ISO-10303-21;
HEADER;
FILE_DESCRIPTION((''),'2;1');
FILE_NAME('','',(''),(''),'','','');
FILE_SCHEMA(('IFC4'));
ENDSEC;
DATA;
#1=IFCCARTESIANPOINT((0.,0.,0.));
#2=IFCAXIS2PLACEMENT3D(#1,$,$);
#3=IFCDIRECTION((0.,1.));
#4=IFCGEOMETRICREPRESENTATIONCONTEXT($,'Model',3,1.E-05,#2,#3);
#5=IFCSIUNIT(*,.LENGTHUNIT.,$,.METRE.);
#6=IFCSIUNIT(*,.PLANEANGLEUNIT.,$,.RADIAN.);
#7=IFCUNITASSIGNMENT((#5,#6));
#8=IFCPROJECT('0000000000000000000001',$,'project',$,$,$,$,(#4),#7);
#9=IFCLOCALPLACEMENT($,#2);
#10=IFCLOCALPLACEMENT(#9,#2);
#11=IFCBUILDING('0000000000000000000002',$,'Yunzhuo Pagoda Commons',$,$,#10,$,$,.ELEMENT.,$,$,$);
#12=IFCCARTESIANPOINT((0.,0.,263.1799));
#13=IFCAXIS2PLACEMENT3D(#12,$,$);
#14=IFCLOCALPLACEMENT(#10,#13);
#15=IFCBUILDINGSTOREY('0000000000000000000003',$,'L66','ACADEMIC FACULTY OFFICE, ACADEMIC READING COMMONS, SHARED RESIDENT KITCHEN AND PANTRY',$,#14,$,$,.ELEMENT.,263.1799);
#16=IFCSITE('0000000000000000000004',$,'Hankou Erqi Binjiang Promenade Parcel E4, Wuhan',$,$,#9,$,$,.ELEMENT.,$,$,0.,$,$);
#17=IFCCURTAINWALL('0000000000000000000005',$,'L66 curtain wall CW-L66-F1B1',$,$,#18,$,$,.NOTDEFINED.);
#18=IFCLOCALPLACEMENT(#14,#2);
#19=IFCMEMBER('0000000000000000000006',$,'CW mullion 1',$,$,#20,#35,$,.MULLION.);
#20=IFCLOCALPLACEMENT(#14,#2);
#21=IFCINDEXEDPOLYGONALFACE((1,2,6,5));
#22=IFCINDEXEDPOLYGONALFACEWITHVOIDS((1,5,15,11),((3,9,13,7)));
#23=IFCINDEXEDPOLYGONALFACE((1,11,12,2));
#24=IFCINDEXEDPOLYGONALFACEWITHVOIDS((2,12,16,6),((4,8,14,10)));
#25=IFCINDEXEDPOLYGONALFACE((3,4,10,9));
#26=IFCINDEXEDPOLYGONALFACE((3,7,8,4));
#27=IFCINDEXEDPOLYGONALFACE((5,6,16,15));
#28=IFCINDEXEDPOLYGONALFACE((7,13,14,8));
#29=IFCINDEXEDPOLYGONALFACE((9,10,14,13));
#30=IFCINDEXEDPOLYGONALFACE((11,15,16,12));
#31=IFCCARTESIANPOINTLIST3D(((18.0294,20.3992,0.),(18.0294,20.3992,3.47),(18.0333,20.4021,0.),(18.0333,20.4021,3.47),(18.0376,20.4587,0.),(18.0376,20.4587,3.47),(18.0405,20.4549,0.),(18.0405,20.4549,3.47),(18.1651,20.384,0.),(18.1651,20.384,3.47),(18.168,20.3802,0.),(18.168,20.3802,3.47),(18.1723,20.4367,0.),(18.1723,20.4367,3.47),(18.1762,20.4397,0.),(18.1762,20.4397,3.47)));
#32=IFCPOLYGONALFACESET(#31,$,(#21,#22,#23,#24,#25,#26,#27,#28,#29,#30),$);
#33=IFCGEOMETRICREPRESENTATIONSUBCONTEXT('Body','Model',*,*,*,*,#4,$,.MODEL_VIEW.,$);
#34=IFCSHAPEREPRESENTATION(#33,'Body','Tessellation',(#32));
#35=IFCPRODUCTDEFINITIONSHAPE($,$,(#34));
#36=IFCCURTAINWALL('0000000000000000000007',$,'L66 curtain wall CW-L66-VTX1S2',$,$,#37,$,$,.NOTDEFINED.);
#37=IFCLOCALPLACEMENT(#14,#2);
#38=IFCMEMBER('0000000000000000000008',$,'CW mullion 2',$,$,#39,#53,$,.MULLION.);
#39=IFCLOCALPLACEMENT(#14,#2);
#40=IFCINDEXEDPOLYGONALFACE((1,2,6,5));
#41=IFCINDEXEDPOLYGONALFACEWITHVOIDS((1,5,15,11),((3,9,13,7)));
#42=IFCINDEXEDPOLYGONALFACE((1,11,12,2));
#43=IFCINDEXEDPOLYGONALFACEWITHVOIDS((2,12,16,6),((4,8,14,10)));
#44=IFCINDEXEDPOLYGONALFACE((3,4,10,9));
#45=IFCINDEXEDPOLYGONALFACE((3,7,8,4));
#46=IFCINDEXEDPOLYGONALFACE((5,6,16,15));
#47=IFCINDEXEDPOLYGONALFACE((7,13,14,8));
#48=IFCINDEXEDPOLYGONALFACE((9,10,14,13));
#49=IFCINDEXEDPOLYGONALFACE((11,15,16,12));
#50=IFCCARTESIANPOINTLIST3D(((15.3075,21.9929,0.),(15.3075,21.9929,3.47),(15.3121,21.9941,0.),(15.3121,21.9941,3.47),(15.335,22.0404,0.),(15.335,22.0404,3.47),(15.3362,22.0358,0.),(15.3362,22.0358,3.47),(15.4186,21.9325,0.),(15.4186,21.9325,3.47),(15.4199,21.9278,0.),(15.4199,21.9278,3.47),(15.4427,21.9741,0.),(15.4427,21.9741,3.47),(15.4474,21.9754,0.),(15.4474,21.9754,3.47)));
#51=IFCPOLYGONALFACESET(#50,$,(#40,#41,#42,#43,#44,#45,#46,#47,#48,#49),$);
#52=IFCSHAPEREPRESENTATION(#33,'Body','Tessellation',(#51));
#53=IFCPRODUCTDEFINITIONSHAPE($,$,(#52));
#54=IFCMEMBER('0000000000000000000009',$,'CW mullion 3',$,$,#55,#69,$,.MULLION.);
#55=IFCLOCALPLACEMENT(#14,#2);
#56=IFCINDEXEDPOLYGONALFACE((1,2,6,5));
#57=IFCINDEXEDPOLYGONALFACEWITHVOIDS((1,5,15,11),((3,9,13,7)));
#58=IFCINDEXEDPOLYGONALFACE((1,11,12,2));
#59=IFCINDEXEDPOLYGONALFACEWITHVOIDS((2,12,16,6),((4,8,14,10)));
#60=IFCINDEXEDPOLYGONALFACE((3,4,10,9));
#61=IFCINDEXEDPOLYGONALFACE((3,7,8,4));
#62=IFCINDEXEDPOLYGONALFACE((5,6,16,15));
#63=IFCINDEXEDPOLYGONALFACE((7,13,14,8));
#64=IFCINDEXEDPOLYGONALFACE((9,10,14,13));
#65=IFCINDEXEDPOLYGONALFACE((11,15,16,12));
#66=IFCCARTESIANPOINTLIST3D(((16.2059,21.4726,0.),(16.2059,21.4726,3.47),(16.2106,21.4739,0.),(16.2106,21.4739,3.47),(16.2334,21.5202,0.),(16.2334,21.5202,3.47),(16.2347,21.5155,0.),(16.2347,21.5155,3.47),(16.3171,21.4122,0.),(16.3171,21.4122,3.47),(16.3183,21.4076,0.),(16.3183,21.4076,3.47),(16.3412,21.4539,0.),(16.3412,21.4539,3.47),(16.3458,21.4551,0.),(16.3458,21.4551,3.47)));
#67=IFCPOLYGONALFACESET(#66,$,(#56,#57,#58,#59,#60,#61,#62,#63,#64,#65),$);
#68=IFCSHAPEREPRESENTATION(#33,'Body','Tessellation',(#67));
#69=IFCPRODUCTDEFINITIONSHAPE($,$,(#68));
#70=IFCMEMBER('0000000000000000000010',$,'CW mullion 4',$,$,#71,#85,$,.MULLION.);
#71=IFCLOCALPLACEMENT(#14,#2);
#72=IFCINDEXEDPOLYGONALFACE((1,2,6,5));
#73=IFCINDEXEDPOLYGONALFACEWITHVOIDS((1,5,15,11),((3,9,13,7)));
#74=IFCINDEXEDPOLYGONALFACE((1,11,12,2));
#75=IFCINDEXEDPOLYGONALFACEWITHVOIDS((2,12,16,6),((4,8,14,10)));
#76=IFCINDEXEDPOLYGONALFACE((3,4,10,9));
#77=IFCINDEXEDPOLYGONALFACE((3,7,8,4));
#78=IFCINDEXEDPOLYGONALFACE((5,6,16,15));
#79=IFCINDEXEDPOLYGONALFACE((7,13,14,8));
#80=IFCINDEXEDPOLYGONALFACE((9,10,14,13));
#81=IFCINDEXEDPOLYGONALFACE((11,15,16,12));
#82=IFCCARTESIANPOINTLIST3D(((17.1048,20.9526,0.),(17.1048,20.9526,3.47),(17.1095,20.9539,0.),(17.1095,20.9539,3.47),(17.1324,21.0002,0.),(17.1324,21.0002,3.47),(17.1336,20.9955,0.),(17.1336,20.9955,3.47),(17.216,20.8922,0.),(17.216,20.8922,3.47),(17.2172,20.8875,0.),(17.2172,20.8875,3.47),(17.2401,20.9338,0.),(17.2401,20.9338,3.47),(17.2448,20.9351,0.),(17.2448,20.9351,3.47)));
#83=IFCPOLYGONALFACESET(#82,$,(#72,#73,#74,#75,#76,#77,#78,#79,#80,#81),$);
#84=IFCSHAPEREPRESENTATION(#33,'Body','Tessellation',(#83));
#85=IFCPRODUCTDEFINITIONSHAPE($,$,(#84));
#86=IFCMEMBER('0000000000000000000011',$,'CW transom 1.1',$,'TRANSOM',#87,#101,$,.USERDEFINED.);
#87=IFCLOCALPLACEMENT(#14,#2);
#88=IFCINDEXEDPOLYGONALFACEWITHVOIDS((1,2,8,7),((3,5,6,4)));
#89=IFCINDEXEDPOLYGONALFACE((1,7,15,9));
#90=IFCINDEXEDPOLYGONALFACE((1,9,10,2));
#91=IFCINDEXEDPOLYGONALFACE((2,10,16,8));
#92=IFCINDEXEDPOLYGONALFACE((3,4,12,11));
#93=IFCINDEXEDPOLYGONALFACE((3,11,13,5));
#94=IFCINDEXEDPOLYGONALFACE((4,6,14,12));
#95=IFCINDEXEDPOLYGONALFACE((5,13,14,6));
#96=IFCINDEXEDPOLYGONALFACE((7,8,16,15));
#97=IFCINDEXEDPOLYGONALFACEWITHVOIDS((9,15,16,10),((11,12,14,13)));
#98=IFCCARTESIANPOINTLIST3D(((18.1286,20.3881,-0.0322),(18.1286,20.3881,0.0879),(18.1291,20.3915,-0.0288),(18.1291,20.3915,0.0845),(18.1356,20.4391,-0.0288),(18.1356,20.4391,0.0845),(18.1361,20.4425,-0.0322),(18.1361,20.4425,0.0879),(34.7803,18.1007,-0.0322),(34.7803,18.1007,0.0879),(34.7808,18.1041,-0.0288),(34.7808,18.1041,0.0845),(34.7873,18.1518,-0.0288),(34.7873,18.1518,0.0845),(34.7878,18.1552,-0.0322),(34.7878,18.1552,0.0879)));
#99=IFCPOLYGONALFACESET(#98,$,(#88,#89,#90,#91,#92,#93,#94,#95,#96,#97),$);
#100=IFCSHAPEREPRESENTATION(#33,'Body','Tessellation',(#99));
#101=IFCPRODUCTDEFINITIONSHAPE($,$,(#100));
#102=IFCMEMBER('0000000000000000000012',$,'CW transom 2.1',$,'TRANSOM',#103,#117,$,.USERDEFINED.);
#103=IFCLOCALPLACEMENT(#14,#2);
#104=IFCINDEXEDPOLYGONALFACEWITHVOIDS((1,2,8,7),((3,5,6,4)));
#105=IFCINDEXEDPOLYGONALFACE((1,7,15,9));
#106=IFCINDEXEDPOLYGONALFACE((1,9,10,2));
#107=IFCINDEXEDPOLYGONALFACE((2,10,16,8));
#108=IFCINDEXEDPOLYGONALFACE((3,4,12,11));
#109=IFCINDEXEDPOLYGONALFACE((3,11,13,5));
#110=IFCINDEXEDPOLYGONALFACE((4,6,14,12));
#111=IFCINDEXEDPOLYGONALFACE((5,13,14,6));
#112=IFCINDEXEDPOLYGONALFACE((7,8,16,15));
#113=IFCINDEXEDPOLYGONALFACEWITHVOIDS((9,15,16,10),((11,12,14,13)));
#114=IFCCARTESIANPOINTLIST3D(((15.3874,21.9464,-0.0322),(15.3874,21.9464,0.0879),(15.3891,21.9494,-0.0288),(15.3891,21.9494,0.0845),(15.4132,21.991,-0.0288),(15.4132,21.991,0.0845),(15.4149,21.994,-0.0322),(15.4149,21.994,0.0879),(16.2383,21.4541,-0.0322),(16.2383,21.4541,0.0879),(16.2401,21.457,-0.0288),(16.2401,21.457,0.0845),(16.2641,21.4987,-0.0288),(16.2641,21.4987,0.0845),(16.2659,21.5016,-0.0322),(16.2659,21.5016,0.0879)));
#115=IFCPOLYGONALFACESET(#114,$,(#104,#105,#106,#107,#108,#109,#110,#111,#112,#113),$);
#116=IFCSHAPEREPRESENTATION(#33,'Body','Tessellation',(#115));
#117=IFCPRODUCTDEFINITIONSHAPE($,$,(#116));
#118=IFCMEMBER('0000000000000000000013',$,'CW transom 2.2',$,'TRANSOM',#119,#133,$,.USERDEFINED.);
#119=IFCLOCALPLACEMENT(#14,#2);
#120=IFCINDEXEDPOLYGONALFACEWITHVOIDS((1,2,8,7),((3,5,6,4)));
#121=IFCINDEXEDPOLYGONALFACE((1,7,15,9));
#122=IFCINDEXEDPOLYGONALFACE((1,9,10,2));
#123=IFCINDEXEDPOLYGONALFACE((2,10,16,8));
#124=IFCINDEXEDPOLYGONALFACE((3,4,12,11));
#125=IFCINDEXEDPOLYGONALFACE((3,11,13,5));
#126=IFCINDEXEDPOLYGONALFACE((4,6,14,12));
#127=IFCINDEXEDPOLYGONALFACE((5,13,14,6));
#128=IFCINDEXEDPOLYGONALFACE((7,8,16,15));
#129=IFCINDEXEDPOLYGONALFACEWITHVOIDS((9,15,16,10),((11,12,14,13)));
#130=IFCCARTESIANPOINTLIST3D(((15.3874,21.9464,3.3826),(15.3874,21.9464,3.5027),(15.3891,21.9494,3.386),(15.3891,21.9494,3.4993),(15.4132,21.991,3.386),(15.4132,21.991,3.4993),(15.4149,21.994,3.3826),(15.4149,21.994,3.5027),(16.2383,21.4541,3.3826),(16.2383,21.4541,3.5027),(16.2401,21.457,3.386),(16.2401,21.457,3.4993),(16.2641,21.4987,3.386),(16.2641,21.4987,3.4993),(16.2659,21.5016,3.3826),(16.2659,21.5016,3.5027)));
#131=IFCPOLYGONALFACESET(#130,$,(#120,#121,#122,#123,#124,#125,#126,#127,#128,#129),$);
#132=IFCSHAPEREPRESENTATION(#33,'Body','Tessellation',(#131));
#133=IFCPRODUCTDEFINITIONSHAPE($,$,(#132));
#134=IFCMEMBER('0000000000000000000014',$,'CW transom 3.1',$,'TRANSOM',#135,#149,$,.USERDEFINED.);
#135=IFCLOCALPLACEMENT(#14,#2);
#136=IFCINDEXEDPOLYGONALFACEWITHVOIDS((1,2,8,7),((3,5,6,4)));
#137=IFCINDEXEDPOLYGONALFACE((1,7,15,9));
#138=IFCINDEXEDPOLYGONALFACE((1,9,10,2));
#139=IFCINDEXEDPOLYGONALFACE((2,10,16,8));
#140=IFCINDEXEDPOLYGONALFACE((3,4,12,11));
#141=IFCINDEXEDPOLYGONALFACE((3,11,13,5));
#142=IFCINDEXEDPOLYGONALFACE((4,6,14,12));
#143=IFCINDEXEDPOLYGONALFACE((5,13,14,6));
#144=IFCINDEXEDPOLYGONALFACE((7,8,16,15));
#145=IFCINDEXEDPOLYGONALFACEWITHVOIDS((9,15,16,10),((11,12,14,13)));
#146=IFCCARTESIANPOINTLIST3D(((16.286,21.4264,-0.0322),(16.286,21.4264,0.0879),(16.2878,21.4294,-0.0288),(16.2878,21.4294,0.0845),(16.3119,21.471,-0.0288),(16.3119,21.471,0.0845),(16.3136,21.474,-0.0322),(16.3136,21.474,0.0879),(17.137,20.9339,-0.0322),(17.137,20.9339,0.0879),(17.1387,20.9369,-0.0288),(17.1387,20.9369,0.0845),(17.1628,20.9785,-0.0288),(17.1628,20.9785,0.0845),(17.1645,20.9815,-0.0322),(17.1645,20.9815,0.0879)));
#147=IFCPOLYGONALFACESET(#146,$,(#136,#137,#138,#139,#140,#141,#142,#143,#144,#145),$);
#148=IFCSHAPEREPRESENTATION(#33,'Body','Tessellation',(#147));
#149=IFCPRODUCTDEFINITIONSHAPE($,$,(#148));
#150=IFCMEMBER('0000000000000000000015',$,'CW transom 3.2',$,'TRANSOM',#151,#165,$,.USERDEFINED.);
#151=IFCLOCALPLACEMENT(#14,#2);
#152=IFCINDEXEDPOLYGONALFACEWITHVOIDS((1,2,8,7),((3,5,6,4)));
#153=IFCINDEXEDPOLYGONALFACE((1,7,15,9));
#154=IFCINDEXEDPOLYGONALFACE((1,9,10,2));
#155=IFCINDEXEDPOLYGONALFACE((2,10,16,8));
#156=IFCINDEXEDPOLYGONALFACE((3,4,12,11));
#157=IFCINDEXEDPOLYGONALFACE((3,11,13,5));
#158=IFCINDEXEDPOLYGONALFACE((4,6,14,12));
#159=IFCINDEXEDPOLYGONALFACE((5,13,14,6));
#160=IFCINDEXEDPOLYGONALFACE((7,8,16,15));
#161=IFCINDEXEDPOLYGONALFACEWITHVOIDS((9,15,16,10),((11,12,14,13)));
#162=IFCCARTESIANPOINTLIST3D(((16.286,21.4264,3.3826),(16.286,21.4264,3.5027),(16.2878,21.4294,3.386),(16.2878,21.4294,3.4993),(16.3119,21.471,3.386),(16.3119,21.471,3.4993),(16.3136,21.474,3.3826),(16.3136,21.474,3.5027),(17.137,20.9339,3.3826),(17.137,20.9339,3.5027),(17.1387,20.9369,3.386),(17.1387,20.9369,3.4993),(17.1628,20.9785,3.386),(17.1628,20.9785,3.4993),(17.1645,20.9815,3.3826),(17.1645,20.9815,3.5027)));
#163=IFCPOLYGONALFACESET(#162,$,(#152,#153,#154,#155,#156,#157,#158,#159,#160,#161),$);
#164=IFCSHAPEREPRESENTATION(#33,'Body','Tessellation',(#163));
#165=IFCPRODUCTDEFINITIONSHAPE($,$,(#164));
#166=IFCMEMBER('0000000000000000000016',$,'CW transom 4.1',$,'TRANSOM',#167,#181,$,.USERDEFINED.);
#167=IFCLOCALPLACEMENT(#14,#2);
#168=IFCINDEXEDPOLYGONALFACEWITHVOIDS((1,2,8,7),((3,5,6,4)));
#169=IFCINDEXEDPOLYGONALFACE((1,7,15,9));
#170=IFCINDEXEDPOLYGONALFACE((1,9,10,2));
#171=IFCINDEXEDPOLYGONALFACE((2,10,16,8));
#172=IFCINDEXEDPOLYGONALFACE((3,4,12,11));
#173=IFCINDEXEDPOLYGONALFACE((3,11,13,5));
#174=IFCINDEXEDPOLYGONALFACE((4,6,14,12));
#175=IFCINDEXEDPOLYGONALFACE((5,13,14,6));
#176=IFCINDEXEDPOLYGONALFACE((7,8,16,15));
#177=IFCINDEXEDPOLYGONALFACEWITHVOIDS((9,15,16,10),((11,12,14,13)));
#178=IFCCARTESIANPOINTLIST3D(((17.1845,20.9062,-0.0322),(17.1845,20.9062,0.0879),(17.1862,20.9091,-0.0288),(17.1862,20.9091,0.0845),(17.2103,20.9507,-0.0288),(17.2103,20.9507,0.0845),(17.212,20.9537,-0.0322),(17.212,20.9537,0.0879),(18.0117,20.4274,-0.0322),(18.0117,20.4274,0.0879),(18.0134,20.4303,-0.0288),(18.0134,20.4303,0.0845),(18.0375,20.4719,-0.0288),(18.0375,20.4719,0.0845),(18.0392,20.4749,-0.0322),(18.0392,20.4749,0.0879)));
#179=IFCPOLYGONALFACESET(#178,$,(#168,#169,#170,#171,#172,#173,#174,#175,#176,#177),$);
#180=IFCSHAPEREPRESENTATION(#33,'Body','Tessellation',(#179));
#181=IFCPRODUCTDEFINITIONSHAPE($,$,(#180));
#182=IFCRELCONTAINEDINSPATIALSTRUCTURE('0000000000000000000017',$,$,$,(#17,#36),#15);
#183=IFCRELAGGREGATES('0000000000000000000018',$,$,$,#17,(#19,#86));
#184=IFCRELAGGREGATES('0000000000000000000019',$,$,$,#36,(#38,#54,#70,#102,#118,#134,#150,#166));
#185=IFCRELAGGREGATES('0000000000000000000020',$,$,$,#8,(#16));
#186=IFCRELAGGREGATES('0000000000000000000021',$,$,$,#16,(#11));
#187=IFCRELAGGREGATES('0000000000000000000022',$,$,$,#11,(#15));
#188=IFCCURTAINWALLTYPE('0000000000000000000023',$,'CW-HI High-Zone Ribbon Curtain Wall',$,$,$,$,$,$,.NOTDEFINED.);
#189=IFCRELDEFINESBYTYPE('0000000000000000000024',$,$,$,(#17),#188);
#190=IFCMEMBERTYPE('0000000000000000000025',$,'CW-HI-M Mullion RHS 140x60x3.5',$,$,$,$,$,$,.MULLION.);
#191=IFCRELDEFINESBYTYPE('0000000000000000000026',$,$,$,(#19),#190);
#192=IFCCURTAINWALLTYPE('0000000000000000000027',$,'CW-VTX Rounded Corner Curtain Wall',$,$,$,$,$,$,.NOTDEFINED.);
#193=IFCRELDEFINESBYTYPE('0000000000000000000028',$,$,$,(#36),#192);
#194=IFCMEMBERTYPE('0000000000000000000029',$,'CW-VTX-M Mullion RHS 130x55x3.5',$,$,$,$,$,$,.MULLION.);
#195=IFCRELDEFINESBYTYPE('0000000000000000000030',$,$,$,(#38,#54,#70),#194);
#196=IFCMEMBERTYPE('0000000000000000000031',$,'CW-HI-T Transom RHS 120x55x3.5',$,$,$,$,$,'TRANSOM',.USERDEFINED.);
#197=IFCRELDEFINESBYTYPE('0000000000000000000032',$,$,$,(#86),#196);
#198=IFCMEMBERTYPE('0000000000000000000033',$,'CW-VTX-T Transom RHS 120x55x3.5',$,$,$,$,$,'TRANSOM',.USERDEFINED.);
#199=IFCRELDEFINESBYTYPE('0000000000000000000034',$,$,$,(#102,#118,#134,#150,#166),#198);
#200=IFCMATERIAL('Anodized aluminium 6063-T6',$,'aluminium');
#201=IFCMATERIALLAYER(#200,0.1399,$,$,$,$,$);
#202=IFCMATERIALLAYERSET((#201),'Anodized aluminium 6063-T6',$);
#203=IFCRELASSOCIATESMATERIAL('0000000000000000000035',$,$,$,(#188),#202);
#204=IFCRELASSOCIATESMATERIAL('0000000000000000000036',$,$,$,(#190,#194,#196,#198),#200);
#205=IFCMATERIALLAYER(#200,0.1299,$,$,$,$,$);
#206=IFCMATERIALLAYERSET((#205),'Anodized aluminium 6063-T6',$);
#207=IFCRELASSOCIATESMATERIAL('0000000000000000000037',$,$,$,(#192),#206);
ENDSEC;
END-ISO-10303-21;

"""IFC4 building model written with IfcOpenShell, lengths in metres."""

from ifc_helpers import new_model, si_unit, direction, frame, origin, origin_2d, place, context, subcontext, project, spatial, hollow_rectangle, extrude, source, transform, mapped, material, layer, layer_set, material_profile, profile_set, type_object, element, aggregate, save


model = new_model("IFC4")

# Units and contexts
model_context = context("Model", 3, precision=1e-05, world=origin(), true_north=direction((0.0, 1.0)))
body_context = subcontext(model_context, "Body", "Model", "MODEL_VIEW")
ifc_project = project(units=[si_unit("LENGTHUNIT", "METRE"), si_unit("PLANEANGLEUNIT", "RADIAN")], contexts=[model_context])

# Site, building, storey
site_placement = place(None, origin())
site = spatial("IfcSite", under=ifc_project, at=site_placement, Name="Hankou Erqi Binjiang Promenade Parcel E4, Wuhan", CompositionType="ELEMENT", RefElevation=0.0)
building_placement = place(site_placement, origin())
building = spatial("IfcBuilding", under=site, at=building_placement, Name="Yunzhuo Pagoda Commons", CompositionType="ELEMENT")
storey_placement = place(building_placement, frame((0.0, 0.0, 263.1799)))
storey = spatial("IfcBuildingStorey", under=building, at=storey_placement, Name="L66", Description="ACADEMIC FACULTY OFFICE, ACADEMIC READING COMMONS, SHARED RESIDENT KITCHEN AND PANTRY", CompositionType="ELEMENT", Elevation=263.1799)

# Curtain wall, member
ifc_material_1 = material(Name="Anodized aluminium 6063-T6", Category="aluminium")
ifc_layer_1 = layer(ifc_material_1, 0.1399)
ifc_layer_set_1 = layer_set([ifc_layer_1], Name="Anodized aluminium 6063-T6")
curtain_wall_type_1 = type_object("IfcCurtainWallType", Name="CW-HI High-Zone Ribbon Curtain Wall", PredefinedType="NOTDEFINED", material=ifc_layer_set_1)
curtain_wall_1_placement = place(storey_placement, origin())
curtain_wall_1 = element("IfcCurtainWall", 1, at=curtain_wall_1_placement, inside=storey, type_object=curtain_wall_type_1, Name="L66 curtain wall CW-L66-F1B1", PredefinedType="NOTDEFINED")
ifc_material_profile_1 = material_profile(ifc_material_1, hollow_rectangle(XDim=0.0601, YDim=0.1399, WallThickness=0.0034, at=origin_2d()), Name="Anodized aluminium 6063-T6")
ifc_profile_set_1 = profile_set([ifc_material_profile_1], Name="Anodized aluminium 6063-T6")
member_type_1 = type_object("IfcMemberType", Name="CW-HI-M Mullion RHS 140x60x3.5", PredefinedType="MULLION", material=ifc_profile_set_1)
shared_shape_1 = source(origin(), body_context, "Body", "SweptSolid", [
    extrude(hollow_rectangle(XDim=0.0601, YDim=0.1399, WallThickness=0.0034, at=origin_2d()), origin(), (0.0, 0.0, 1.0), 3.47),
])
member_1_placement = place(storey_placement, frame((18.1028, 20.4194, 0.0), z_axis=(0.0, 0.0, 1.0), x_axis=(0.136099, 0.990695, 0.0)))
member_1 = element("IfcMember", 2, at=member_1_placement, type_object=member_type_1, Name="CW mullion 1", PredefinedType="MULLION", context=body_context, shape_type="MappedRepresentation", body=[
    mapped(shared_shape_1, transform((0.0, 0.0, 0.0), scale=1.0)),
])

# Curtain wall, members
ifc_layer_2 = layer(ifc_material_1, 0.1299)
ifc_layer_set_2 = layer_set([ifc_layer_2], Name="Anodized aluminium 6063-T6")
curtain_wall_type_2 = type_object("IfcCurtainWallType", Name="CW-VTX Rounded Corner Curtain Wall", PredefinedType="NOTDEFINED", material=ifc_layer_set_2)
curtain_wall_2_placement = place(storey_placement, origin())
curtain_wall_2 = element("IfcCurtainWall", 3, at=curtain_wall_2_placement, inside=storey, type_object=curtain_wall_type_2, Name="L66 curtain wall CW-L66-VTX1S2", PredefinedType="NOTDEFINED")
ifc_material_profile_2 = material_profile(ifc_material_1, hollow_rectangle(XDim=0.0549, YDim=0.1299, WallThickness=0.0034, at=origin_2d()), Name="Anodized aluminium 6063-T6")
ifc_profile_set_2 = profile_set([ifc_material_profile_2], Name="Anodized aluminium 6063-T6")
member_type_2 = type_object("IfcMemberType", Name="CW-VTX-M Mullion RHS 130x55x3.5", PredefinedType="MULLION", material=ifc_profile_set_2)
shared_shape_2 = source(origin(), body_context, "Body", "SweptSolid", [
    extrude(hollow_rectangle(XDim=0.0549, YDim=0.1299, WallThickness=0.0034, at=origin_2d()), origin(), (0.0, 0.0, 1.0), 3.47),
])
member_2_placement = place(storey_placement, frame((15.3774, 21.9841, 0.0), z_axis=(0.0, 0.0, 1.0), x_axis=(0.501027, 0.865432, 0.0)))
member_2 = element("IfcMember", 4, at=member_2_placement, type_object=member_type_2, Name="CW mullion 2", PredefinedType="MULLION", context=body_context, shape_type="MappedRepresentation", body=[
    mapped(shared_shape_2, transform((0.0, 0.0, 0.0), scale=1.0)),
])
member_3_placement = place(storey_placement, frame((16.2759, 21.4639, 0.0), z_axis=(0.0, 0.0, 1.0), x_axis=(0.501027, 0.865432, 0.0)))
member_3 = element("IfcMember", 5, at=member_3_placement, type_object=member_type_2, Name="CW mullion 3", PredefinedType="MULLION", context=body_context, shape_type="MappedRepresentation", body=[
    mapped(shared_shape_2, transform((0.0, 0.0, 0.0), scale=1.0)),
])
member_4_placement = place(storey_placement, frame((17.1748, 20.9438, 0.0), z_axis=(0.0, 0.0, 1.0), x_axis=(0.501027, 0.865432, 0.0)))
member_4 = element("IfcMember", 6, at=member_4_placement, type_object=member_type_2, Name="CW mullion 4", PredefinedType="MULLION", context=body_context, shape_type="MappedRepresentation", body=[
    mapped(shared_shape_2, transform((0.0, 0.0, 0.0), scale=1.0)),
])

# Members
ifc_material_profile_3 = material_profile(ifc_material_1, hollow_rectangle(XDim=0.0549, YDim=0.1201, WallThickness=0.0034, at=origin_2d()), Name="Anodized aluminium 6063-T6")
ifc_profile_set_3 = profile_set([ifc_material_profile_3], Name="Anodized aluminium 6063-T6")
member_type_3 = type_object("IfcMemberType", Name="CW-HI-T Transom RHS 120x55x3.5", ElementType="TRANSOM", PredefinedType="USERDEFINED", material=ifc_profile_set_3)
shared_shape_3 = source(origin(), body_context, "Body", "SweptSolid", [
    extrude(hollow_rectangle(XDim=0.0549, YDim=0.1201, WallThickness=0.0034, at=origin_2d()), origin(), (0.0, 0.0, 1.0), 16.8081),
])
member_5_placement = place(storey_placement, frame((18.1323, 20.4153, 0.0278), z_axis=(0.990697, -0.136085, 0.0), x_axis=(0.136085, 0.990697, 0.0)))
member_5 = element("IfcMember", 7, at=member_5_placement, type_object=member_type_3, Name="CW transom 1.1", ObjectType="TRANSOM", PredefinedType="USERDEFINED", context=body_context, shape_type="MappedRepresentation", body=[
    mapped(shared_shape_3, transform((0.0, 0.0, 0.0), scale=1.0)),
])
aggregate(curtain_wall_1, [member_1, member_5])
ifc_material_profile_4 = material_profile(ifc_material_1, hollow_rectangle(XDim=0.0549, YDim=0.1201, WallThickness=0.0034, at=origin_2d()), Name="Anodized aluminium 6063-T6")
ifc_profile_set_4 = profile_set([ifc_material_profile_4], Name="Anodized aluminium 6063-T6")
member_type_4 = type_object("IfcMemberType", Name="CW-VTX-T Transom RHS 120x55x3.5", ElementType="TRANSOM", PredefinedType="USERDEFINED", material=ifc_profile_set_4)
shared_shape_4 = source(origin(), body_context, "Body", "SweptSolid", [
    extrude(hollow_rectangle(XDim=0.0549, YDim=0.1201, WallThickness=0.0034, at=origin_2d()), origin(), (0.0, 0.0, 1.0), 0.9832),
])
member_6_placement = place(storey_placement, frame((15.4011, 21.9702, 0.0278), z_axis=(0.865557, -0.500811, 0.0), x_axis=(0.500811, 0.865557, 0.0)))
member_6 = element("IfcMember", 8, at=member_6_placement, type_object=member_type_4, Name="CW transom 2.1", ObjectType="TRANSOM", PredefinedType="USERDEFINED", context=body_context, shape_type="MappedRepresentation", body=[
    mapped(shared_shape_4, transform((0.0, 0.0, 0.0), scale=1.0)),
])
member_7_placement = place(storey_placement, frame((15.4011, 21.9702, 3.4426), z_axis=(0.865557, -0.500811, 0.0), x_axis=(0.500811, 0.865557, 0.0)))
member_7 = element("IfcMember", 9, at=member_7_placement, type_object=member_type_4, Name="CW transom 2.2", ObjectType="TRANSOM", PredefinedType="USERDEFINED", context=body_context, shape_type="MappedRepresentation", body=[
    mapped(shared_shape_4, transform((0.0, 0.0, 0.0), scale=1.0)),
])
member_8_placement = place(storey_placement, frame((16.2998, 21.4502, 0.0278), z_axis=(0.865494, -0.500919, 0.0), x_axis=(0.500919, 0.865494, 0.0)))
member_8 = element("IfcMember", 10, at=member_8_placement, type_object=member_type_4, Name="CW transom 3.1", ObjectType="TRANSOM", PredefinedType="USERDEFINED", context=body_context, shape_type="MappedRepresentation", body=[
    mapped(shared_shape_4, transform((0.0, 0.0, 0.0), scale=1.0)),
])
member_9_placement = place(storey_placement, frame((16.2998, 21.4502, 3.4426), z_axis=(0.865494, -0.500919, 0.0), x_axis=(0.500919, 0.865494, 0.0)))
member_9 = element("IfcMember", 11, at=member_9_placement, type_object=member_type_4, Name="CW transom 3.2", ObjectType="TRANSOM", PredefinedType="USERDEFINED", context=body_context, shape_type="MappedRepresentation", body=[
    mapped(shared_shape_4, transform((0.0, 0.0, 0.0), scale=1.0)),
])
shared_shape_5 = source(origin(), body_context, "Body", "SweptSolid", [
    extrude(hollow_rectangle(XDim=0.0549, YDim=0.1201, WallThickness=0.0034, at=origin_2d()), origin(), (0.0, 0.0, 1.0), 0.9558),
])
member_10_placement = place(storey_placement, frame((17.1982, 20.9299, 0.0278), z_axis=(0.865479, -0.500946, 0.0), x_axis=(0.500946, 0.865479, 0.0)))
member_10 = element("IfcMember", 12, at=member_10_placement, type_object=member_type_4, Name="CW transom 4.1", ObjectType="TRANSOM", PredefinedType="USERDEFINED", context=body_context, shape_type="MappedRepresentation", body=[
    mapped(shared_shape_5, transform((0.0, 0.0, 0.0), scale=1.0)),
])

aggregate(curtain_wall_2, [member_2, member_3, member_4, member_6, member_7, member_8, member_9, member_10])

save(model, "model.ifc")
